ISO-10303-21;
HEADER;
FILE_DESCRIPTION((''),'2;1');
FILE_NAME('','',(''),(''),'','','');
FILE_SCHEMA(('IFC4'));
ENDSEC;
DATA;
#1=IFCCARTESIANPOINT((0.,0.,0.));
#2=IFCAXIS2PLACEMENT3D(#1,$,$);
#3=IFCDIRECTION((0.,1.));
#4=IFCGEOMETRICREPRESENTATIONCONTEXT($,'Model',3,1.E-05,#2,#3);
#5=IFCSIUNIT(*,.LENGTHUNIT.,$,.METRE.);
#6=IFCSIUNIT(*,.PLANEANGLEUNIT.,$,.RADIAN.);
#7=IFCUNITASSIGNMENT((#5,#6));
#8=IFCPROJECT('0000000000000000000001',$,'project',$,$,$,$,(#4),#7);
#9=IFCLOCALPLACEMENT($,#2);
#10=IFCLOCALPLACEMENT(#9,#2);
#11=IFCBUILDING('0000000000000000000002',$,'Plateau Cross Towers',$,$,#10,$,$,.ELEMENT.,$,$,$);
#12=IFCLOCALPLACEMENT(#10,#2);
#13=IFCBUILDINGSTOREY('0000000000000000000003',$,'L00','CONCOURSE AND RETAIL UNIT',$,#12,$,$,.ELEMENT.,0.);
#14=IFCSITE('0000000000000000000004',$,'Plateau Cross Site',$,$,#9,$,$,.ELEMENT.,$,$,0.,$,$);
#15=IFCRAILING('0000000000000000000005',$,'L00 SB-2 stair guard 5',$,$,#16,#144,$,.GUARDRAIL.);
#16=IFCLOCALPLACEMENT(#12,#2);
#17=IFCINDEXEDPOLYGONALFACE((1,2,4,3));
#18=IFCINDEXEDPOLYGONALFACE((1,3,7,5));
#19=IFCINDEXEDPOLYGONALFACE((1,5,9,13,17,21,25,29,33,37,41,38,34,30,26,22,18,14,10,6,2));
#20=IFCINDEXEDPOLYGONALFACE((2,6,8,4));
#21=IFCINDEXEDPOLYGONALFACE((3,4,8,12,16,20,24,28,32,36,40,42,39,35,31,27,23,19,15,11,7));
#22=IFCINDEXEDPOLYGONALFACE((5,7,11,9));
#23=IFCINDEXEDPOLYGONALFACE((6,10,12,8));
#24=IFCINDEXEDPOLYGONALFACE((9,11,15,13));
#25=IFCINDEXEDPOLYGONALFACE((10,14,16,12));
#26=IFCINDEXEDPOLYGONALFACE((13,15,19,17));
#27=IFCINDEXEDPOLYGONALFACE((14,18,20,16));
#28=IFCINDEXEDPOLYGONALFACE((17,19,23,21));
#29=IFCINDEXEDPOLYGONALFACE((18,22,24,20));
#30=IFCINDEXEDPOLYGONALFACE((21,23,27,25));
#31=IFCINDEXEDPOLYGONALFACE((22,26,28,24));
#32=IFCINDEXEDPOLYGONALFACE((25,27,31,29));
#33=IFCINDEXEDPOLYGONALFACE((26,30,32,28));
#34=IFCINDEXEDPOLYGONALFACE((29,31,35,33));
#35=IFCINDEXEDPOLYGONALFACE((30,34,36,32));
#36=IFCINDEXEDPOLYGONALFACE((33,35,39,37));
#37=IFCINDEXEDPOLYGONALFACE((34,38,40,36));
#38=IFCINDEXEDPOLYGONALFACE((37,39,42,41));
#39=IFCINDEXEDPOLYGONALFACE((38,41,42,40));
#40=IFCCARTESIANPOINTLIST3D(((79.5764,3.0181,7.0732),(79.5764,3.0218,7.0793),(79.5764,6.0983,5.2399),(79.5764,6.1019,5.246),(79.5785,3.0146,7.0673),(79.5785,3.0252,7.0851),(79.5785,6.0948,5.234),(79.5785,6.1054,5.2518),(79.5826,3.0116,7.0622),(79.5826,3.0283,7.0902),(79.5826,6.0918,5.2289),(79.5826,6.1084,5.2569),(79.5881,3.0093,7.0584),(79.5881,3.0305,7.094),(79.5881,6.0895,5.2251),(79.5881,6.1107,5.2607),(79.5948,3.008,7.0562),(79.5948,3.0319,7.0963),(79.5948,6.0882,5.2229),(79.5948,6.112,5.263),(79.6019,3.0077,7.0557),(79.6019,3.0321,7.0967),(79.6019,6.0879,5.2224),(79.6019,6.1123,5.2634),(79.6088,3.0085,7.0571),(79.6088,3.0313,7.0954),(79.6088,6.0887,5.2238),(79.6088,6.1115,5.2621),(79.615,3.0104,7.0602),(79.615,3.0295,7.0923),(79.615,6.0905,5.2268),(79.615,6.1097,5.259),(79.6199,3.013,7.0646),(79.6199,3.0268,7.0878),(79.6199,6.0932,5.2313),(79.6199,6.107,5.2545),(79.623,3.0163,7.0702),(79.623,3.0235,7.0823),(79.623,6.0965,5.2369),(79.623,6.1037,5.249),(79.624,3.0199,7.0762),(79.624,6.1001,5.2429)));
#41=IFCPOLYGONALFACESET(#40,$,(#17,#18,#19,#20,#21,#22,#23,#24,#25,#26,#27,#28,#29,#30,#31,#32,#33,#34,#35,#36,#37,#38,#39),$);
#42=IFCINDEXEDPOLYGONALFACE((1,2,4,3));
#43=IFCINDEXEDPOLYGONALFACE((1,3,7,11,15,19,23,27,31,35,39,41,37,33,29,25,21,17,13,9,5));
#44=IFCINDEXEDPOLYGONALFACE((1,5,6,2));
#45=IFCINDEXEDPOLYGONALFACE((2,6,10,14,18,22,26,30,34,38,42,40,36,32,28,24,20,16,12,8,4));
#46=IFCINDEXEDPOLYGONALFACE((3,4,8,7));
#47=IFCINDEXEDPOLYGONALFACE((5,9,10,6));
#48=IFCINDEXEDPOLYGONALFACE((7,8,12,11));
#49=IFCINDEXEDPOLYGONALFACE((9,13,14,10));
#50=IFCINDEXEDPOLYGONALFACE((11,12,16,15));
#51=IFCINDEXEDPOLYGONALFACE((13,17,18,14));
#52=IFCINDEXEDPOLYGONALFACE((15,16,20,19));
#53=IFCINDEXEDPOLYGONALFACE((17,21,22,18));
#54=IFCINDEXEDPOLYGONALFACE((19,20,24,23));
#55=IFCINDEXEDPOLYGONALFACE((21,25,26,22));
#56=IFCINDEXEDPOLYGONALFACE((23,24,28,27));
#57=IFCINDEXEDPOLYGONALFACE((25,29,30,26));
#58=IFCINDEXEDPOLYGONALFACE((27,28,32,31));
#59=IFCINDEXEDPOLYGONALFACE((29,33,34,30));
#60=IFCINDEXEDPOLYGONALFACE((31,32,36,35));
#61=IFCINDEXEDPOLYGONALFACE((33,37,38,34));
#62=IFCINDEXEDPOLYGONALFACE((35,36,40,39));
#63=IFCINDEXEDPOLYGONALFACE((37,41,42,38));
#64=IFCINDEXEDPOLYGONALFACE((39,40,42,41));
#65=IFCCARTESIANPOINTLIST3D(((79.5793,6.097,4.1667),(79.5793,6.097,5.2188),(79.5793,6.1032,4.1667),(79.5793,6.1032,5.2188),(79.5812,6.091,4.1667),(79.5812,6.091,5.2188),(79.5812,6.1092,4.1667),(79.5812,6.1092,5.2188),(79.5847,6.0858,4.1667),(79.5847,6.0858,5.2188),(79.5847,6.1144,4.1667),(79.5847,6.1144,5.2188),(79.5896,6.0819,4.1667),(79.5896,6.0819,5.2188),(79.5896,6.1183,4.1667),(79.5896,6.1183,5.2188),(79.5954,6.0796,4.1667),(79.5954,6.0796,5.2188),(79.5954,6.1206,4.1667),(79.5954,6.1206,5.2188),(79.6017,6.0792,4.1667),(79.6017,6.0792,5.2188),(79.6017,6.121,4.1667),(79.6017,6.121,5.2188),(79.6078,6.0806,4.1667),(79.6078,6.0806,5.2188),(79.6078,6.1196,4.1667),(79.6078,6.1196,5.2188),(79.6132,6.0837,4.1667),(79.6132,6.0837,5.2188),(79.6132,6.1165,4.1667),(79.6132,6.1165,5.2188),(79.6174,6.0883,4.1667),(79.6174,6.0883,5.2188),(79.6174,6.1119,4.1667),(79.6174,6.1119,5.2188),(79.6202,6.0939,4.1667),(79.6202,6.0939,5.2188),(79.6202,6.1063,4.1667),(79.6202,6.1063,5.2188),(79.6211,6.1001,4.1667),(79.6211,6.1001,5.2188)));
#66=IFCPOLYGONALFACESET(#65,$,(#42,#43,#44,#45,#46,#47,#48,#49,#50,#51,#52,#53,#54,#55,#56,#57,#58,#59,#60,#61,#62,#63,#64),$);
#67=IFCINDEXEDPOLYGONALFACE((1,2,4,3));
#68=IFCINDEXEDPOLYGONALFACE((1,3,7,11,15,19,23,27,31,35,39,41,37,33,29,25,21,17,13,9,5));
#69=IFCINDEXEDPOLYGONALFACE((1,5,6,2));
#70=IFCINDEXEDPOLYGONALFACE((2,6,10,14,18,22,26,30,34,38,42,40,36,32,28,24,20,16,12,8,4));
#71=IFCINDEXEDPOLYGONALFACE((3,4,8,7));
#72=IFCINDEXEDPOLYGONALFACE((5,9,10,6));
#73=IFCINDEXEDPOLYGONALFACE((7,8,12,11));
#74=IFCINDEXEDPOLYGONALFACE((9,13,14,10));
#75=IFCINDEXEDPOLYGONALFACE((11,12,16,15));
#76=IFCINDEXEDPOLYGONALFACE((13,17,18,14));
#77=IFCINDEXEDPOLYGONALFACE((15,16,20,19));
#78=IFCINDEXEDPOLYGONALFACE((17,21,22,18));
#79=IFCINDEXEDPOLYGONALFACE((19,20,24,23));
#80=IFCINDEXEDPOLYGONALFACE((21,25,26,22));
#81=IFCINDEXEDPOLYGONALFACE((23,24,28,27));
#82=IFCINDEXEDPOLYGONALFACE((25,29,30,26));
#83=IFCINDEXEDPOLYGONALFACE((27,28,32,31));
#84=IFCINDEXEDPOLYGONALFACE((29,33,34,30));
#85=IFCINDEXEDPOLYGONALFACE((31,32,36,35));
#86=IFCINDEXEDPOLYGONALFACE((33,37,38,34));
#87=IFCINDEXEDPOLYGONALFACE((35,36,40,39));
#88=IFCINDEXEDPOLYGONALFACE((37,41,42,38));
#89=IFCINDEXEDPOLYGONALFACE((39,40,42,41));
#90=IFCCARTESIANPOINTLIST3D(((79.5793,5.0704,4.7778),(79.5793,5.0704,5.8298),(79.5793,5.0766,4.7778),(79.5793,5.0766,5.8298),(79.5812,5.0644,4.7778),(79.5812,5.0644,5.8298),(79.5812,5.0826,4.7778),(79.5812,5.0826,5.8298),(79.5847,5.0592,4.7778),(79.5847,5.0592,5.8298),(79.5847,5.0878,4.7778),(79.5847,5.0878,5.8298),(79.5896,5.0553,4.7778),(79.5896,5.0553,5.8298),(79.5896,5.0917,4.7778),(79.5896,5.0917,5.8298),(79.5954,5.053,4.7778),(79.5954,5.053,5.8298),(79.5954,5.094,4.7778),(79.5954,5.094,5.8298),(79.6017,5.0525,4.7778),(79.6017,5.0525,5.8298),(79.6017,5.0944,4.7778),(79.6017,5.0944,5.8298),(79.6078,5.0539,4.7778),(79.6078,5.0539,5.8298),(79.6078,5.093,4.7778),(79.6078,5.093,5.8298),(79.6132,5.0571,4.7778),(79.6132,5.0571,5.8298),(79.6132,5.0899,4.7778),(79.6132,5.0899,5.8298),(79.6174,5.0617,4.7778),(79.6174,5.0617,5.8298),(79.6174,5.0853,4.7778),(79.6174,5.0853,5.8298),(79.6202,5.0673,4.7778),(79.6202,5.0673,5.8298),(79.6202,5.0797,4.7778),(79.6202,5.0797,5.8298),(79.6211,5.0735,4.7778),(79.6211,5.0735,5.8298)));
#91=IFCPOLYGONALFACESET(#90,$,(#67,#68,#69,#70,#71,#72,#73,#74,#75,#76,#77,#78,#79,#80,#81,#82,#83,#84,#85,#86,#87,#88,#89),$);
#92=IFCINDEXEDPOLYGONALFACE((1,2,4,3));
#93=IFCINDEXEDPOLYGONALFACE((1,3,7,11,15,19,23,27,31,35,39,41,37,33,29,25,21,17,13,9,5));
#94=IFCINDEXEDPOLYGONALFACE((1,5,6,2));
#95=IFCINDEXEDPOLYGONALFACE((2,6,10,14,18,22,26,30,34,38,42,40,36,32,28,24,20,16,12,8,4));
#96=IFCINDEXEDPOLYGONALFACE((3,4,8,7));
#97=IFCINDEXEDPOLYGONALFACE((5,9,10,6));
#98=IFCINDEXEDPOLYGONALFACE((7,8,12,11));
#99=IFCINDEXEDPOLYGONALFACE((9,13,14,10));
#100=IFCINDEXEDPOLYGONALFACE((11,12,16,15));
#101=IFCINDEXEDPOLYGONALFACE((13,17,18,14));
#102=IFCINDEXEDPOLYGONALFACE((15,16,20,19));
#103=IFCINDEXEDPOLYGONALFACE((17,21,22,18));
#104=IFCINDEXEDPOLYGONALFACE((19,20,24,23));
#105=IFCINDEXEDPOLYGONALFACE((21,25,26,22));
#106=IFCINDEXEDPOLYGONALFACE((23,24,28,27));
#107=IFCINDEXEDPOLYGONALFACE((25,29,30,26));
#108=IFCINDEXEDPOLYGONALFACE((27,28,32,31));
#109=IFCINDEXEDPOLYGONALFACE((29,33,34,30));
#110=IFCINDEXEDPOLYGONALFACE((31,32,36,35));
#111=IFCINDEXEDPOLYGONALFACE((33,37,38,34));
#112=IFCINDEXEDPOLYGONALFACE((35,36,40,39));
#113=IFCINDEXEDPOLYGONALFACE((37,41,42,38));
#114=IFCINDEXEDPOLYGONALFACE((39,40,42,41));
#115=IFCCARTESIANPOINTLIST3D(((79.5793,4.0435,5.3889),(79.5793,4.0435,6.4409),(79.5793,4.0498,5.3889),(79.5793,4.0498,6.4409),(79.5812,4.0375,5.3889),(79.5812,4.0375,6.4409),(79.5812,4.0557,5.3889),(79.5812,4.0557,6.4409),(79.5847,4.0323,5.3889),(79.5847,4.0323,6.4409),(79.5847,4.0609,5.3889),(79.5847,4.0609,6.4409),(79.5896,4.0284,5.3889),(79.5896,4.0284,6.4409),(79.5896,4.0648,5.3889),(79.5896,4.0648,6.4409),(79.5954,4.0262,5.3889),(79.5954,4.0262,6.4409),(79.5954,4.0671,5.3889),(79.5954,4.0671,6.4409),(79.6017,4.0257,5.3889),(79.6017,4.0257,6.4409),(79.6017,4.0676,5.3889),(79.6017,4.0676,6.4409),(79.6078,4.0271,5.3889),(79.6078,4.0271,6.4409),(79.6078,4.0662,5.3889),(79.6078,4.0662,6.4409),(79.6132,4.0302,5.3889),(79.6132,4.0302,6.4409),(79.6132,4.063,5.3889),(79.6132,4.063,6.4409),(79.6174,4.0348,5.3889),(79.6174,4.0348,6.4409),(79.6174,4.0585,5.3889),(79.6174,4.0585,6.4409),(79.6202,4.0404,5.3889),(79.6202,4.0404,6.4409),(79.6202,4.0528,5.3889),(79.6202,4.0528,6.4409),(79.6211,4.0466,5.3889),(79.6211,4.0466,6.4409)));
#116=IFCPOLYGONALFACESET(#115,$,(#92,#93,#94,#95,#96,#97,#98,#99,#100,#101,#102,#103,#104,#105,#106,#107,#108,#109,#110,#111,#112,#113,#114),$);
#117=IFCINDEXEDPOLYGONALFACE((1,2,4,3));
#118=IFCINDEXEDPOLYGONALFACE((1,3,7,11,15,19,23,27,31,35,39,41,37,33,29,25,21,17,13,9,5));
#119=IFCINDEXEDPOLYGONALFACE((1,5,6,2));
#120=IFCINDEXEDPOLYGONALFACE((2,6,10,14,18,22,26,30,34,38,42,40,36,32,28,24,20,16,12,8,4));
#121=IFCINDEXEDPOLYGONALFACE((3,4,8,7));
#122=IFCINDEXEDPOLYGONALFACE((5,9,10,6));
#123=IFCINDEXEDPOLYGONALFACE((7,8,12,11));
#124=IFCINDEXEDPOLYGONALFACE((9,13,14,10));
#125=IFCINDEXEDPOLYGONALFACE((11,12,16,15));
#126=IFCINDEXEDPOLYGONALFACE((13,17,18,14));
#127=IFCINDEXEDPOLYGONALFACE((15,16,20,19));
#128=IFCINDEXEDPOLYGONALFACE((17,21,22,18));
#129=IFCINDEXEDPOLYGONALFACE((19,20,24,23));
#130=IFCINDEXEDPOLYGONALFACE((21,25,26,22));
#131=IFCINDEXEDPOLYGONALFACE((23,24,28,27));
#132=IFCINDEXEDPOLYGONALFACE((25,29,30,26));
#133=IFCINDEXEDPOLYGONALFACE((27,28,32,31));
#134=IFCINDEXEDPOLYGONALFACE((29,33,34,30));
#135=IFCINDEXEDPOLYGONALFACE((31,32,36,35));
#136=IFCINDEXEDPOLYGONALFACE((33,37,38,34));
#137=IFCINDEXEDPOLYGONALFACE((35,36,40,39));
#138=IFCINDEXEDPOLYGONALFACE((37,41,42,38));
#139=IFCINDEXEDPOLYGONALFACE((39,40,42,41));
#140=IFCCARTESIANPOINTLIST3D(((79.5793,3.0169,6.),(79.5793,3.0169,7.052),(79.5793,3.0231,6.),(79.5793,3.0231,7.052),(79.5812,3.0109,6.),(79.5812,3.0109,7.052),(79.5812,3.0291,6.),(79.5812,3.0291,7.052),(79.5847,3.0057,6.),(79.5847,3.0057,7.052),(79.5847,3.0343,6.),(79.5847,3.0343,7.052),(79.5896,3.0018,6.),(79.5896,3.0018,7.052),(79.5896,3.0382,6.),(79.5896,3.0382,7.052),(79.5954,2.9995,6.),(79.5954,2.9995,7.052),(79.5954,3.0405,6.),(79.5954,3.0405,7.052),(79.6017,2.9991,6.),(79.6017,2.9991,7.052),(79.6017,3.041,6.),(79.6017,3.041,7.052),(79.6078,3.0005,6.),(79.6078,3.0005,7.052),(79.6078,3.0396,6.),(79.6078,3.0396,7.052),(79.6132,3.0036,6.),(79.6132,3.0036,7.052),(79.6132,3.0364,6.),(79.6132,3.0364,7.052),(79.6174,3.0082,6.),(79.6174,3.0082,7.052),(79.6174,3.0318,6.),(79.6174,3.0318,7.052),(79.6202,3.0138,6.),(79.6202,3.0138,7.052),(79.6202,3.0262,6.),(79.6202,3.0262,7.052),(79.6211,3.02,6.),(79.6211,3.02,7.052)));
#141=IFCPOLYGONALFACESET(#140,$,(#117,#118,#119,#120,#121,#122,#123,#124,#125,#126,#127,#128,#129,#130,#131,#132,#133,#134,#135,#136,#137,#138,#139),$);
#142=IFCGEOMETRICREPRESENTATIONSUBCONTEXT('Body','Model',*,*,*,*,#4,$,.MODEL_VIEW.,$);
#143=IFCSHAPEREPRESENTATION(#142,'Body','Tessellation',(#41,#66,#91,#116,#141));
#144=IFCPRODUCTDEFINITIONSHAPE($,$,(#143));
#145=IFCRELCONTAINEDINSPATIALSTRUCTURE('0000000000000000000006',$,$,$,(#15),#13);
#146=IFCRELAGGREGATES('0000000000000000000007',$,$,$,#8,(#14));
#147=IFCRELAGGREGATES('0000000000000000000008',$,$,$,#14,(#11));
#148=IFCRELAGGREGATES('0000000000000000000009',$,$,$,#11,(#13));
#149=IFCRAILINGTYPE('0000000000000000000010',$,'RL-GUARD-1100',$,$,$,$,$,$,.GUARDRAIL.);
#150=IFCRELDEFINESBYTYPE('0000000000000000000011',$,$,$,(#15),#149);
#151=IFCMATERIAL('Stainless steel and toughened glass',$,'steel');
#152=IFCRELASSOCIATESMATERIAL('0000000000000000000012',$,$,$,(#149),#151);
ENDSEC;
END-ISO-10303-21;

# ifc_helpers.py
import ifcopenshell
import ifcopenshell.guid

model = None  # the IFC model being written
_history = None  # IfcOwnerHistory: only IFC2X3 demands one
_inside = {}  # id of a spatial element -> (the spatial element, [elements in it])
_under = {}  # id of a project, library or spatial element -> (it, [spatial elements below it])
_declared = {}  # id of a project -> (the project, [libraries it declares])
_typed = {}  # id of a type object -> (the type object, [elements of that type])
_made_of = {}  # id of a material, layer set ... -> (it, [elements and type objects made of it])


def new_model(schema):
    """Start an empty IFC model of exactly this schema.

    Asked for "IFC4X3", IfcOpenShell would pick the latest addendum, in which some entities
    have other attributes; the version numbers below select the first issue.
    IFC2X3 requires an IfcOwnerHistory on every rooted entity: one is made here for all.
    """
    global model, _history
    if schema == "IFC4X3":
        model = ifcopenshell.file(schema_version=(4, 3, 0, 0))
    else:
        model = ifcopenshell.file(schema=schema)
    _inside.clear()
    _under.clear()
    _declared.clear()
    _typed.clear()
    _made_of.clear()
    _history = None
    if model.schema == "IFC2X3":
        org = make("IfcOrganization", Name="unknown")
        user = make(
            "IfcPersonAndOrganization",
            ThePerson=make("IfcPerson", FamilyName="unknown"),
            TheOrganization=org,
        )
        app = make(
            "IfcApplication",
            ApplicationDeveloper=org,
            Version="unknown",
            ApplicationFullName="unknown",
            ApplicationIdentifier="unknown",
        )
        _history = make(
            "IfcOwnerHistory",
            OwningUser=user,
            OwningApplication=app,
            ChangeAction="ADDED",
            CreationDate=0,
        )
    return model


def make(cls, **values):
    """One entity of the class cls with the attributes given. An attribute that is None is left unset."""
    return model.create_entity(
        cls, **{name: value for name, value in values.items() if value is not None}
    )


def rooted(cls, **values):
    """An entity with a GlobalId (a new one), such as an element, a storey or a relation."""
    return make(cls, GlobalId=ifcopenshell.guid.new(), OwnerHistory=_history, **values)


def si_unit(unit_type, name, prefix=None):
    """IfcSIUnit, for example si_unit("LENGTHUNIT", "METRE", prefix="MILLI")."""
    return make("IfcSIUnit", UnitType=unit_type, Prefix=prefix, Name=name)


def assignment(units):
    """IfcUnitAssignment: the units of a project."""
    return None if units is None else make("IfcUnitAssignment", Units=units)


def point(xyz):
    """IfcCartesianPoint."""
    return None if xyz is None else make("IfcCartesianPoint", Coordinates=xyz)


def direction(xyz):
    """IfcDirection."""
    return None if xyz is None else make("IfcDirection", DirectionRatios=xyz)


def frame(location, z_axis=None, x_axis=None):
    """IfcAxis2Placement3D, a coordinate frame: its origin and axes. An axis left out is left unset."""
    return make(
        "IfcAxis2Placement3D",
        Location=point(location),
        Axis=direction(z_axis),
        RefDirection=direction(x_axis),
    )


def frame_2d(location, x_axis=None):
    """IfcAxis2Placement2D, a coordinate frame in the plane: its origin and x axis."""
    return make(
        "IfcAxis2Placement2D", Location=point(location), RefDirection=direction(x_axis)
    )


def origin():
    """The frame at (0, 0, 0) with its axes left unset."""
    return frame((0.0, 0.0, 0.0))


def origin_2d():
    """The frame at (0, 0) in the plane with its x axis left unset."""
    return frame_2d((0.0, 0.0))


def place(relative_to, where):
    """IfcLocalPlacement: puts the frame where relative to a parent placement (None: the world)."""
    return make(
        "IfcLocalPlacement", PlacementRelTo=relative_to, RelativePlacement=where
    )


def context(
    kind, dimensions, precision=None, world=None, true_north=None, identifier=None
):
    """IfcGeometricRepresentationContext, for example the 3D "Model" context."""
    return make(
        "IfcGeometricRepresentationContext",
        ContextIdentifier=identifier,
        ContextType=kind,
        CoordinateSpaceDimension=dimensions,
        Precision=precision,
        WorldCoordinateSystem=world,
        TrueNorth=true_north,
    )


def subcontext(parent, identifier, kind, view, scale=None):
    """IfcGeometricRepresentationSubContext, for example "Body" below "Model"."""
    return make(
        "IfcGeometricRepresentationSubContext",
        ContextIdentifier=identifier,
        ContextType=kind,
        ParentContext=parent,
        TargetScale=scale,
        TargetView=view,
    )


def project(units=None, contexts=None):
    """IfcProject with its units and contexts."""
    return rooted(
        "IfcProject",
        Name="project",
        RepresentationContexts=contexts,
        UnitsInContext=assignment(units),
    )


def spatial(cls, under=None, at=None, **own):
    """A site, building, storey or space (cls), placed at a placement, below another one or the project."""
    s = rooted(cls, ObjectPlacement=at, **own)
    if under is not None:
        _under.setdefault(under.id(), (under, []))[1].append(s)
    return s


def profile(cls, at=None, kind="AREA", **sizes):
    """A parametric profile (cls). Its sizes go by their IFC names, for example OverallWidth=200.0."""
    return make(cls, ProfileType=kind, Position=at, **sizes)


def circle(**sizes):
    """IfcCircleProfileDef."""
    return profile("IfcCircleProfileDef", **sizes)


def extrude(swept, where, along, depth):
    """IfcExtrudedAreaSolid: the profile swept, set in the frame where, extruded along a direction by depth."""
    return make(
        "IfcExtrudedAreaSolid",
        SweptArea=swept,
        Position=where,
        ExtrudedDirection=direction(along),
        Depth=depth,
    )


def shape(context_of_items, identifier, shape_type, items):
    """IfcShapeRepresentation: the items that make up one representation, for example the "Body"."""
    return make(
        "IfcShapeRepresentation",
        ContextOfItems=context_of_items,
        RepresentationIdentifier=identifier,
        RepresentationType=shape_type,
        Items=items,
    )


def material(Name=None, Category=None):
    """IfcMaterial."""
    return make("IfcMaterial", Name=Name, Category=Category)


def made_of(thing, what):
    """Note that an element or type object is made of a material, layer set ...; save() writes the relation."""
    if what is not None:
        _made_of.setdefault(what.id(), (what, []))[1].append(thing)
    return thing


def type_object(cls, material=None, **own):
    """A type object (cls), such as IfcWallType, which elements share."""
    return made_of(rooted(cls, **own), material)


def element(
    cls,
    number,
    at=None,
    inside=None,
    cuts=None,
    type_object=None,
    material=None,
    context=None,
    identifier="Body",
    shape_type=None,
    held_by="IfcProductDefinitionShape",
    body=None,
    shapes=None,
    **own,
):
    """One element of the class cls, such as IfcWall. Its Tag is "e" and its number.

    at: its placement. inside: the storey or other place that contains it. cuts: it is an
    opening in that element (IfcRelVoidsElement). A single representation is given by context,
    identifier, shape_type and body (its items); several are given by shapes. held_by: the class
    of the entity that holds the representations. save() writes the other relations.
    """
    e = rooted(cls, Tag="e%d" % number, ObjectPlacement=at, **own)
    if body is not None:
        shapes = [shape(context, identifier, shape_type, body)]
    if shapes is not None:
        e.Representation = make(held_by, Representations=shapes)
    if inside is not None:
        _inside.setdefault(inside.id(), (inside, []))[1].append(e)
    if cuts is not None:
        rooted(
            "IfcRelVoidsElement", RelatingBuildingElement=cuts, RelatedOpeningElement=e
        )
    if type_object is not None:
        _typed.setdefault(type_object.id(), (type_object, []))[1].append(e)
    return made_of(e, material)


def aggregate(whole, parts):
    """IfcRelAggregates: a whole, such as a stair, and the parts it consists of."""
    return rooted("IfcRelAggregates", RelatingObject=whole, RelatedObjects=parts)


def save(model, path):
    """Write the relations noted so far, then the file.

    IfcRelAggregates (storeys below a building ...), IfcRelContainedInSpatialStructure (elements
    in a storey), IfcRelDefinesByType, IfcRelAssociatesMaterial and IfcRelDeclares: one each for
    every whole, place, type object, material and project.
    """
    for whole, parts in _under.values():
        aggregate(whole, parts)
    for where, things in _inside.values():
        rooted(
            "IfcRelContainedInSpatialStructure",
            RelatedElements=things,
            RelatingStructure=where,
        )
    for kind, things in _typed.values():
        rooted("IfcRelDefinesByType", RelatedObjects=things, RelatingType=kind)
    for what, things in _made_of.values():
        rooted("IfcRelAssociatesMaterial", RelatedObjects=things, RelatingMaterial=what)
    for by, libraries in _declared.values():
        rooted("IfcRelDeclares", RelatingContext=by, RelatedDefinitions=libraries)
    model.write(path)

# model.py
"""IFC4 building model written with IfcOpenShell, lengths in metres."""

from ifc_helpers import new_model, si_unit, direction, frame, origin, origin_2d, place, context, subcontext, project, spatial, circle, extrude, material, type_object, element, save


model = new_model("IFC4")

# Units and contexts
model_context = context("Model", 3, precision=1e-05, world=origin(), true_north=direction((0.0, 1.0)))
body_context = subcontext(model_context, "Body", "Model", "MODEL_VIEW")
ifc_project = project(units=[si_unit("LENGTHUNIT", "METRE"), si_unit("PLANEANGLEUNIT", "RADIAN")], contexts=[model_context])

# Site, building, storey
site_placement = place(None, origin())
site = spatial("IfcSite", under=ifc_project, at=site_placement, Name="Plateau Cross Site", CompositionType="ELEMENT", RefElevation=0.0)
building_placement = place(site_placement, origin())
building = spatial("IfcBuilding", under=site, at=building_placement, Name="Plateau Cross Towers", CompositionType="ELEMENT")
storey_placement = place(building_placement, origin())
storey = spatial("IfcBuildingStorey", under=building, at=storey_placement, Name="L00", Description="CONCOURSE AND RETAIL UNIT", CompositionType="ELEMENT", Elevation=0.0)

# Railing
ifc_material_1 = material(Name="Stainless steel and toughened glass", Category="steel")
railing_type_1 = type_object("IfcRailingType", Name="RL-GUARD-1100", PredefinedType="GUARDRAIL", material=ifc_material_1)
railing_placement = place(storey_placement, frame((79.6001, 6.1001, 4.1667)))
element("IfcRailing", 1, at=railing_placement, inside=storey, type_object=railing_type_1, Name="L00 SB-2 stair guard 5", PredefinedType="GUARDRAIL", context=body_context, shape_type="SweptSolid", body=[
    extrude(circle(Radius=0.0239, at=origin_2d()), frame((0.0, 0.0, 1.0762), z_axis=(0.0, -0.859309, 0.511458), x_axis=(1.0, 0.0, 0.0)), (0.0, 0.0, 1.0), 3.5845),
    extrude(circle(Radius=0.021, at=origin_2d()), origin(), (0.0, 0.0, 1.0), 1.052),
    extrude(circle(Radius=0.021, at=origin_2d()), frame((0.0, -1.0266, 0.6111)), (0.0, 0.0, 1.0), 1.052),
    extrude(circle(Radius=0.021, at=origin_2d()), frame((0.0, -2.0535, 1.2222)), (0.0, 0.0, 1.0), 1.052),
    extrude(circle(Radius=0.021, at=origin_2d()), frame((0.0, -3.0801, 1.8333)), (0.0, 0.0, 1.0), 1.052),
])

save(model, "model.ifc")
